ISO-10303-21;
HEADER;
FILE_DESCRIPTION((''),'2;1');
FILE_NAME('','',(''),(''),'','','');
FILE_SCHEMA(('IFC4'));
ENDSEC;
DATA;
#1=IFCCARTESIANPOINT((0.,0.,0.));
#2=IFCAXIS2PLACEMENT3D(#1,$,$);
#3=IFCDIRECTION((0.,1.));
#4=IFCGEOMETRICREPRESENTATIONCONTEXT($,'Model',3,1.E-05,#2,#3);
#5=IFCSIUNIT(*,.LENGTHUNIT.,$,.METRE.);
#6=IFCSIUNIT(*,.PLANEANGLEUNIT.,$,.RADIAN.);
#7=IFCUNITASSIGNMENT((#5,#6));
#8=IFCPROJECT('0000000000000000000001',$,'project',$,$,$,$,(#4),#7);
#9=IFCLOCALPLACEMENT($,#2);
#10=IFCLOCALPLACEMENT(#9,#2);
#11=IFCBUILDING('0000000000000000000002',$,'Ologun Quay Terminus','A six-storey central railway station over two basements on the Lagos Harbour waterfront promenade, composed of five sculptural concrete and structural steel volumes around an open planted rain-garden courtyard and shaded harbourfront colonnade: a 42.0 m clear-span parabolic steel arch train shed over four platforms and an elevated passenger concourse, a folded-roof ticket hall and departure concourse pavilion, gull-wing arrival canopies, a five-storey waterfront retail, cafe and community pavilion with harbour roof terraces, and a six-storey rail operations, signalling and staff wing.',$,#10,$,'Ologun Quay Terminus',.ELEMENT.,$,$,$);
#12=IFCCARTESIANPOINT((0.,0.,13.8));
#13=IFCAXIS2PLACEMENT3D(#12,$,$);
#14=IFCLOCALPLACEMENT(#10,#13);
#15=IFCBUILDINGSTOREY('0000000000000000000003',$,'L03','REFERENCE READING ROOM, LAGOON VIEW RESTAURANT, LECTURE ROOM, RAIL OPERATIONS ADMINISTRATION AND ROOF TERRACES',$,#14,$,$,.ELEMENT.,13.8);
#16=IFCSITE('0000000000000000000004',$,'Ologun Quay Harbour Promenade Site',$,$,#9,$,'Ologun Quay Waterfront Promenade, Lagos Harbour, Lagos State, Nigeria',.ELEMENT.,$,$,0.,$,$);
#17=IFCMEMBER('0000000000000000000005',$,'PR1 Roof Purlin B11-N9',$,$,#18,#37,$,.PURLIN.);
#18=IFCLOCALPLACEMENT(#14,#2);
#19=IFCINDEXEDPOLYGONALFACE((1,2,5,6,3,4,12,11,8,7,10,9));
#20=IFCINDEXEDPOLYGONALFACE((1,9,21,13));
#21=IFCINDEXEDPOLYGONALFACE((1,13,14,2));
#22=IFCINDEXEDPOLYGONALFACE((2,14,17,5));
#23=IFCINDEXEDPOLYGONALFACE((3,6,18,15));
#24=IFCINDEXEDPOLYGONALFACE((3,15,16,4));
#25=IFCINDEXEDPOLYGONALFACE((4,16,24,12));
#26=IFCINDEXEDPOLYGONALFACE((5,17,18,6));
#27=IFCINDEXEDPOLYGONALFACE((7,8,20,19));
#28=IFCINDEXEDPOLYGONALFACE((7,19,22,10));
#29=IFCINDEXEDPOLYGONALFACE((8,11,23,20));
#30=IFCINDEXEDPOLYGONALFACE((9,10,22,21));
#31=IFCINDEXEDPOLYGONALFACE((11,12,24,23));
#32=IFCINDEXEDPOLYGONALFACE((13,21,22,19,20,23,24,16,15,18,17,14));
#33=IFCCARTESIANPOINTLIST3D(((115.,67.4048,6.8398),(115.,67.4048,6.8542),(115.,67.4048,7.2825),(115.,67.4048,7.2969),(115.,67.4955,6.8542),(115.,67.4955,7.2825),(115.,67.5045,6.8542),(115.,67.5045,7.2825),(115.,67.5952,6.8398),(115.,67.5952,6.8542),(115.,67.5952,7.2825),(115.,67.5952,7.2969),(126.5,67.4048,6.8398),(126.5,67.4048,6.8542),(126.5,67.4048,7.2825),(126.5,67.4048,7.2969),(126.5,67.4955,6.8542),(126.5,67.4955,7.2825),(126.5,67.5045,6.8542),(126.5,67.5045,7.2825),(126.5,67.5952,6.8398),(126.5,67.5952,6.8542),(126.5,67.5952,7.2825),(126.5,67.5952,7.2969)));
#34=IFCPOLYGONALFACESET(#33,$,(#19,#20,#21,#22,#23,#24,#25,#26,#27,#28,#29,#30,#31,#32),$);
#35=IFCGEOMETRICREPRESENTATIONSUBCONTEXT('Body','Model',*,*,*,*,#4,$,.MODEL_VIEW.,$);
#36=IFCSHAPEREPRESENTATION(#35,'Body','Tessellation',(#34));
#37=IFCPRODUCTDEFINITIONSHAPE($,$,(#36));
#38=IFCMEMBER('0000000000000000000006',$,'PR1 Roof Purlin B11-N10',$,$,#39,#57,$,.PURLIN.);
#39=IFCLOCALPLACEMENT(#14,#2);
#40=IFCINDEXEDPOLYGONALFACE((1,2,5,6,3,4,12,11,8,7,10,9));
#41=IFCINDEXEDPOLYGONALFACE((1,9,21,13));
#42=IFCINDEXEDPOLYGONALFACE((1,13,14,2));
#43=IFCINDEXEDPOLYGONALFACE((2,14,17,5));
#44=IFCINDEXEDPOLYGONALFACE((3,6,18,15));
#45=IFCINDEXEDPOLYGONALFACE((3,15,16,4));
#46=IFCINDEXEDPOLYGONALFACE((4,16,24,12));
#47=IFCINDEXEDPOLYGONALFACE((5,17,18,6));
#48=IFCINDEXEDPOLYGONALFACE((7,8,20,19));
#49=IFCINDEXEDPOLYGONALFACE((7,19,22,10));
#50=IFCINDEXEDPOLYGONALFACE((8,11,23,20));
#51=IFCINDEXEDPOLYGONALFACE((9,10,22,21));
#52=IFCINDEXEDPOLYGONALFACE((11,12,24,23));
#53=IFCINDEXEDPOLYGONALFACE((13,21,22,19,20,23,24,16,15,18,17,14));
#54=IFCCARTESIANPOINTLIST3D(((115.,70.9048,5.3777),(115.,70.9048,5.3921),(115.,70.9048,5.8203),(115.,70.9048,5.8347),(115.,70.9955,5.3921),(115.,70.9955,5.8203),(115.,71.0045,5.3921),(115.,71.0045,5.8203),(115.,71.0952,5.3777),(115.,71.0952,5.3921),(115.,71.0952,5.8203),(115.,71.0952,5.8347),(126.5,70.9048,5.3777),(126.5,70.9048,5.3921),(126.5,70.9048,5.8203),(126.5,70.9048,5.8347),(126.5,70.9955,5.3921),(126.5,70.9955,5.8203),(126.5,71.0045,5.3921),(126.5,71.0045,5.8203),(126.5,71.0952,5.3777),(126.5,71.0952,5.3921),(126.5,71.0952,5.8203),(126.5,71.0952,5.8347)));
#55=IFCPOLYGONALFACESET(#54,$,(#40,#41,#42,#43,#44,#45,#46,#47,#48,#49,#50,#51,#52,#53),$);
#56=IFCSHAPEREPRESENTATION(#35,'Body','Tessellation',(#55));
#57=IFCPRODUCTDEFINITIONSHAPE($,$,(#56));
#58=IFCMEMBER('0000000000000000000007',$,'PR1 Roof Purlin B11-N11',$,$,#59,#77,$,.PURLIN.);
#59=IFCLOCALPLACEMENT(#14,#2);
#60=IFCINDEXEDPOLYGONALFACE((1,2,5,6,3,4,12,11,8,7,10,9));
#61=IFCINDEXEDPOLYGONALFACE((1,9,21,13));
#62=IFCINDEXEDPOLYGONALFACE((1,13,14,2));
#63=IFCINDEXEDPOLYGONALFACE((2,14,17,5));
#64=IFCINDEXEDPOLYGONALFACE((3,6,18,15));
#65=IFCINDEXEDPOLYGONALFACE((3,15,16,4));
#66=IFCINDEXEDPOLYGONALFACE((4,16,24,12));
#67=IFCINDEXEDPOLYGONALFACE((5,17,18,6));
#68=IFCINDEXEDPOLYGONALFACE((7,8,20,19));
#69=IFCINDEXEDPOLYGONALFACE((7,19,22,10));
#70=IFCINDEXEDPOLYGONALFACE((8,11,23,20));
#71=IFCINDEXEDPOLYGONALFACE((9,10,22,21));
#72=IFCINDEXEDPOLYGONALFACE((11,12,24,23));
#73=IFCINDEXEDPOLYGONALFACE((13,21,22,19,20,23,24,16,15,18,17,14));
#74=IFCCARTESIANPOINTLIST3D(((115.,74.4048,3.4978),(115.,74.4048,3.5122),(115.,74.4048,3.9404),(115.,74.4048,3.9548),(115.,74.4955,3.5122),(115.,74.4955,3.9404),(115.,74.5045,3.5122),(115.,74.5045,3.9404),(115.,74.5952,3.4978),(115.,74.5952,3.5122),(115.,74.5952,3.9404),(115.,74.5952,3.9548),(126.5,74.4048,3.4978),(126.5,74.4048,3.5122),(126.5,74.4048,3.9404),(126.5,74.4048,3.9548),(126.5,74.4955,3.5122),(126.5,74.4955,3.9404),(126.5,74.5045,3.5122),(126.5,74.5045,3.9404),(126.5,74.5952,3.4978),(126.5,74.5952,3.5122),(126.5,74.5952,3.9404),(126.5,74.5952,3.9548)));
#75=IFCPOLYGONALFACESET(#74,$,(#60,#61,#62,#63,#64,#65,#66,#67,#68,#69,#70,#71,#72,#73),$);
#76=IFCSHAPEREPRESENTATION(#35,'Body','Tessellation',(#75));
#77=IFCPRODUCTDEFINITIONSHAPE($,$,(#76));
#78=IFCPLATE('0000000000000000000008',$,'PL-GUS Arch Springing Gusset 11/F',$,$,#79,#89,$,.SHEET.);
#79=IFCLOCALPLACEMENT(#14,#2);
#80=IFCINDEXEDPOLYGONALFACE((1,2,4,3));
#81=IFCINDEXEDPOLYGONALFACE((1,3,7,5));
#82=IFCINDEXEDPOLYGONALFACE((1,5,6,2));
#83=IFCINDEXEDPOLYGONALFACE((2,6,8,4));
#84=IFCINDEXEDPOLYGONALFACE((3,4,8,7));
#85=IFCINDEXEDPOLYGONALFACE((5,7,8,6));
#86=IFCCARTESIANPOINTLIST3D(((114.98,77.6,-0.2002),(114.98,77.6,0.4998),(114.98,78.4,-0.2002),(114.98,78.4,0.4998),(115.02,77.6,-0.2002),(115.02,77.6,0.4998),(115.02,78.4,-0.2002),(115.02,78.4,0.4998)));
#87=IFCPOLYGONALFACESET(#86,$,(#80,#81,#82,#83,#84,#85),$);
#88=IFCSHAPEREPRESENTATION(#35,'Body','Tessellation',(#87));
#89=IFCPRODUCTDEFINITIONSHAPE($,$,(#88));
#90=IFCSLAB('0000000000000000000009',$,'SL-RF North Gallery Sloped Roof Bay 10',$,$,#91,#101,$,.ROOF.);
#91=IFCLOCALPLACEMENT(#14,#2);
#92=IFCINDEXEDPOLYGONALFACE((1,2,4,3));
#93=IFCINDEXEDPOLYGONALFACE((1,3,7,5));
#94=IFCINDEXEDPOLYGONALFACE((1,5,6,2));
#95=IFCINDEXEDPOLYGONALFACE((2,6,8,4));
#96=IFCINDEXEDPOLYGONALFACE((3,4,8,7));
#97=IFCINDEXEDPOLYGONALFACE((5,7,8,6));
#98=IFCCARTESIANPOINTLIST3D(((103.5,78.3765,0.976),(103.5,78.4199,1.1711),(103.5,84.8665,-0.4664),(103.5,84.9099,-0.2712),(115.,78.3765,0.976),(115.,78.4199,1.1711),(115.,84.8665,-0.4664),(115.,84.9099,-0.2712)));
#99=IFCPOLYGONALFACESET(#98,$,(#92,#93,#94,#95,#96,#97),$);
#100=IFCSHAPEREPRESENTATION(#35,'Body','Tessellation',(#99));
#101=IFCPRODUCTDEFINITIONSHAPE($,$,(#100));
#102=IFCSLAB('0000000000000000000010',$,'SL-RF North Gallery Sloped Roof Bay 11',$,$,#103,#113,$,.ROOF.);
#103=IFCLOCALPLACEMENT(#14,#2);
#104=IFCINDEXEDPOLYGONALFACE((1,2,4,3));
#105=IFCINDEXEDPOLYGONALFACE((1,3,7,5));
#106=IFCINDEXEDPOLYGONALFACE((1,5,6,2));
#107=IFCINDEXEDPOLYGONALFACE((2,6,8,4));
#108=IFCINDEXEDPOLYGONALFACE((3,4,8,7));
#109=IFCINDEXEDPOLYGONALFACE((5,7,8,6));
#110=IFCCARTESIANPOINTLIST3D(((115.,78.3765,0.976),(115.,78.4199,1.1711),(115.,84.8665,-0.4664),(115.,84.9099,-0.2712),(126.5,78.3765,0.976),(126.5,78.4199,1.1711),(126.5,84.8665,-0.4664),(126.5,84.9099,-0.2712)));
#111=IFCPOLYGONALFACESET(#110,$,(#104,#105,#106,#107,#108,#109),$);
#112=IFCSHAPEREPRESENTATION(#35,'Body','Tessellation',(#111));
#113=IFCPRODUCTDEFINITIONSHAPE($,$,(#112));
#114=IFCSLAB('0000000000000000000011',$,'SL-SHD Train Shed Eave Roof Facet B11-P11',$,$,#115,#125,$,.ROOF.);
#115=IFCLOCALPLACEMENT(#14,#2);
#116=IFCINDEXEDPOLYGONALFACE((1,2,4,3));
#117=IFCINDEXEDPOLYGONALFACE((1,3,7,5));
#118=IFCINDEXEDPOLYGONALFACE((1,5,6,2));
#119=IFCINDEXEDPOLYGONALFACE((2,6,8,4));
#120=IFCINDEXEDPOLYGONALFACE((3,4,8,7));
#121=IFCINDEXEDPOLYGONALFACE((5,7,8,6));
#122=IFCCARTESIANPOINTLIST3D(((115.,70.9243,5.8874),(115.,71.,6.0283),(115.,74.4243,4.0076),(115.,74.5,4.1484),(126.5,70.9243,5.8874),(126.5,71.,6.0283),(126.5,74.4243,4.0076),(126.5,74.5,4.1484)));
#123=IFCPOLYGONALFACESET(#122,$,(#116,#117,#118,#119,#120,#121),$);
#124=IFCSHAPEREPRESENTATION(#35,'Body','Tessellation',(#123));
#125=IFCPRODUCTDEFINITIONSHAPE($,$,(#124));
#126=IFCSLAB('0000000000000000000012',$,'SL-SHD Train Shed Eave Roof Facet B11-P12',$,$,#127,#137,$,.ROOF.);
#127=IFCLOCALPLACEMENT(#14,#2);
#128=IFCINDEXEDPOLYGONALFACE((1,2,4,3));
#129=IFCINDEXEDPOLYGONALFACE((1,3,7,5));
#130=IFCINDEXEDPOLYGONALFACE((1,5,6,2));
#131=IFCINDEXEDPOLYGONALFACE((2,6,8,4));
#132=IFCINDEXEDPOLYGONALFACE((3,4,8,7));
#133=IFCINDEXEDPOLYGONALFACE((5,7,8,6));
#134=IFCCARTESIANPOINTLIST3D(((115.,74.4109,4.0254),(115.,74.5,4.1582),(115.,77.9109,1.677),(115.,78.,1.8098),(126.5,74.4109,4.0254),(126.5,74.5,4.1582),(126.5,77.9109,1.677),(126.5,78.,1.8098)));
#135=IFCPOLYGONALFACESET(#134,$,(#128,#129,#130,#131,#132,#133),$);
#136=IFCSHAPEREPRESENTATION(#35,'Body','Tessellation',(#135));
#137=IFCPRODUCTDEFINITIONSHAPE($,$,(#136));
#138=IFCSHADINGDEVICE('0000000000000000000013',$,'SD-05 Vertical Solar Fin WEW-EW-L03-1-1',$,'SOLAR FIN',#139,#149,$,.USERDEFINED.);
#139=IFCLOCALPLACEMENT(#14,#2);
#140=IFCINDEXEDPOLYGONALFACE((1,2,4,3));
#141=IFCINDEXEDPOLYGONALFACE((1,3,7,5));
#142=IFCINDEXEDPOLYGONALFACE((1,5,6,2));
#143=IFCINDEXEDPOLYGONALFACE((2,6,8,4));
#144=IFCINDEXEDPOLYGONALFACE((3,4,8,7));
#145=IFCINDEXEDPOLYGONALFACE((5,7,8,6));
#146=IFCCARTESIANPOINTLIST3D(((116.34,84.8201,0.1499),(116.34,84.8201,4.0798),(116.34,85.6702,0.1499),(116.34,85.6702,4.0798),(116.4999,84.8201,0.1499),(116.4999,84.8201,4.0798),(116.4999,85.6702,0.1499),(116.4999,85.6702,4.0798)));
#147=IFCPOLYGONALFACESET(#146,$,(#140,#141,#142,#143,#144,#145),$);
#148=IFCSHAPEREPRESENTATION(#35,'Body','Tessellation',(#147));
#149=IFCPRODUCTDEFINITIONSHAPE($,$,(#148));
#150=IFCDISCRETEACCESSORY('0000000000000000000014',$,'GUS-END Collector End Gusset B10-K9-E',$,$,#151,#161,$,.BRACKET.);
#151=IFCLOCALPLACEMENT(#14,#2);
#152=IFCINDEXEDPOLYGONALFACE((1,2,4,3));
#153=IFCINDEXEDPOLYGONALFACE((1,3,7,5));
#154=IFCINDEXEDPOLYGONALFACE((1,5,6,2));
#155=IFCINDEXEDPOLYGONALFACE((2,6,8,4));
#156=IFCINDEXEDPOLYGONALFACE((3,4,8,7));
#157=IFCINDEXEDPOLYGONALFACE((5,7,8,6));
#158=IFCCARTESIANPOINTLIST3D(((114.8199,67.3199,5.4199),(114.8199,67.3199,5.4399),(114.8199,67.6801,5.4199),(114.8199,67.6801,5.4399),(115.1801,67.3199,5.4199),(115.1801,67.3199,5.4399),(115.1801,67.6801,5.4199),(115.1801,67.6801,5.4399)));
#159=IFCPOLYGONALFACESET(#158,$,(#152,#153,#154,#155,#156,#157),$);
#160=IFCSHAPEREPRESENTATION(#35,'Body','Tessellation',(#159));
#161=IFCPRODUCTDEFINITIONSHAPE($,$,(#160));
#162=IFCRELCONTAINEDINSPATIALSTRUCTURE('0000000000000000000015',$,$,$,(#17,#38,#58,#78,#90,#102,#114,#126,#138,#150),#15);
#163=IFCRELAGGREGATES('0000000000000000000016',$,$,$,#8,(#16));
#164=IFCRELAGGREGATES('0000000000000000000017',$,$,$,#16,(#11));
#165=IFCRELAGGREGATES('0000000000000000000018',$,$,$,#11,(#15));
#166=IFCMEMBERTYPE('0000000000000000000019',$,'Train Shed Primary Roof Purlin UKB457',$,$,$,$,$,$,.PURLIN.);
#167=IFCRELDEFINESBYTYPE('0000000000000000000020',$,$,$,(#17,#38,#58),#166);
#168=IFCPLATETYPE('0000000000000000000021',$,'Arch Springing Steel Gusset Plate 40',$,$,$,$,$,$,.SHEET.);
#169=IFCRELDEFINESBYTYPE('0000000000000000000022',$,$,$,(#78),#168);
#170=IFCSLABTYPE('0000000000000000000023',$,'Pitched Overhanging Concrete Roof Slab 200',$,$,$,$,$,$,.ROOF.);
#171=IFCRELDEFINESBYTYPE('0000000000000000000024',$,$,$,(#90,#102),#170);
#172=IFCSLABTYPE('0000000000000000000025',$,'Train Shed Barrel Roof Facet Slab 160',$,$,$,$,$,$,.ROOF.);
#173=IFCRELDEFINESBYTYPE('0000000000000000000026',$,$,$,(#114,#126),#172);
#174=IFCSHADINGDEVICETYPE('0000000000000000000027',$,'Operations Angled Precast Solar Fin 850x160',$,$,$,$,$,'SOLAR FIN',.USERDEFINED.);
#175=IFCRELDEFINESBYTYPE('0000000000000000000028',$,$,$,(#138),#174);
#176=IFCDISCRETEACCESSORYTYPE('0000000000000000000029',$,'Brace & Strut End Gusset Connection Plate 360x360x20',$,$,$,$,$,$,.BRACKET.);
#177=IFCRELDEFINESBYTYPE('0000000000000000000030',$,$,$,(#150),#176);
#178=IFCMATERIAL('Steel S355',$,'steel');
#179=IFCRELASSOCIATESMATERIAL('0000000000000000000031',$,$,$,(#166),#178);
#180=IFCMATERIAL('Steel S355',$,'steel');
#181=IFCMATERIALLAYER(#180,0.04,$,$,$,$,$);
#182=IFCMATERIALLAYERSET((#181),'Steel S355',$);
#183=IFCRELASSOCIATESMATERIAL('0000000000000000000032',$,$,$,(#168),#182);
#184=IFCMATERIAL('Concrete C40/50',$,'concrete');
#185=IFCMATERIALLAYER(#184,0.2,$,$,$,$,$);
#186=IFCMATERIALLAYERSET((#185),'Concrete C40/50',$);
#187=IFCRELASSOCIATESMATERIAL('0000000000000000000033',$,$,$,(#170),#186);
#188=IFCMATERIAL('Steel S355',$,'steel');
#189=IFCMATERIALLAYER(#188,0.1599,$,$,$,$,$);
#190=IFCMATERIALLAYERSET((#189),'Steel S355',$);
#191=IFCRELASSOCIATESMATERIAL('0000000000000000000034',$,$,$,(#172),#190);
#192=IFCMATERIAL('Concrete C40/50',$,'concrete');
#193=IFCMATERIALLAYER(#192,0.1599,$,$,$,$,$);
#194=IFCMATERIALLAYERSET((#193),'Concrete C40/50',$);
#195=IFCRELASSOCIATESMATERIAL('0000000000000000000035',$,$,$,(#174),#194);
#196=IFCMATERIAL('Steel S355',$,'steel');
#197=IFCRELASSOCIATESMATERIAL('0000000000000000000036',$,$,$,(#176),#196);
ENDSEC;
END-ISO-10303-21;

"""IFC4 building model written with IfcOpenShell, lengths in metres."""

from ifc_helpers import new_model, si_unit, direction, frame, origin, origin_2d, place, context, subcontext, project, spatial, polyline, rectangle, i_section, outline, extrude, material, layer, layer_set, material_profile, profile_set, type_object, element, save


model = new_model("IFC4")

# Units and contexts
model_context = context("Model", 3, precision=1e-05, world=origin(), true_north=direction((0.0, 1.0)))
body_context = subcontext(model_context, "Body", "Model", "MODEL_VIEW")
ifc_project = project(units=[si_unit("LENGTHUNIT", "METRE"), si_unit("PLANEANGLEUNIT", "RADIAN")], contexts=[model_context])

# Site, building, storey
site_placement = place(None, origin())
site = spatial("IfcSite", under=ifc_project, at=site_placement, Name="Ologun Quay Harbour Promenade Site", LongName="Ologun Quay Waterfront Promenade, Lagos Harbour, Lagos State, Nigeria", CompositionType="ELEMENT", RefElevation=0.0)
building_placement = place(site_placement, origin())
building = spatial("IfcBuilding", under=site, at=building_placement, Name="Ologun Quay Terminus", Description="A six-storey central railway station over two basements on the Lagos Harbour waterfront promenade, composed of five sculptural concrete and structural steel volumes around an open planted rain-garden courtyard and shaded harbourfront colonnade: a 42.0 m clear-span parabolic steel arch train shed over four platforms and an elevated passenger concourse, a folded-roof ticket hall and departure concourse pavilion, gull-wing arrival canopies, a five-storey waterfront retail, cafe and community pavilion with harbour roof terraces, and a six-storey rail operations, signalling and staff wing.", LongName="Ologun Quay Terminus", CompositionType="ELEMENT")
storey_placement = place(building_placement, frame((0.0, 0.0, 13.8)))
storey = spatial("IfcBuildingStorey", under=building, at=storey_placement, Name="L03", Description="REFERENCE READING ROOM, LAGOON VIEW RESTAURANT, LECTURE ROOM, RAIL OPERATIONS ADMINISTRATION AND ROOF TERRACES", CompositionType="ELEMENT", Elevation=13.8)

# Members
ifc_material_1 = material(Name="Steel S355", Category="steel")
ifc_material_profile_1 = material_profile(ifc_material_1, i_section(OverallWidth=0.1904, OverallDepth=0.457, WebThickness=0.009, FlangeThickness=0.0144, at=origin_2d()), Name="UKB 457x191x74")
ifc_profile_set_1 = profile_set([ifc_material_profile_1], Name="Steel S355")
member_type_1 = type_object("IfcMemberType", Name="Train Shed Primary Roof Purlin UKB457", PredefinedType="PURLIN", material=ifc_profile_set_1)
for number, where, z_axis, x_axis, name in (
    (1, (115.0, 67.5, 7.0684), (1.0, 0.0, 0.0), (0.0, 1.0, 0.0), "PR1 Roof Purlin B11-N9"),
    (2, (115.0, 71.0, 5.6062), (1.0, 0.0, 0.0), (0.0, 1.0, 0.0), "PR1 Roof Purlin B11-N10"),
    (3, (115.0, 74.5, 3.7263), (1.0, 0.0, 0.0), (0.0, 1.0, 0.0), "PR1 Roof Purlin B11-N11"),
):
    element("IfcMember", number, at=place(storey_placement, frame(where, z_axis=z_axis, x_axis=x_axis)), inside=storey, type_object=member_type_1, Name=name, PredefinedType="PURLIN", context=body_context, shape_type="SweptSolid", body=[
        extrude(i_section(OverallWidth=0.1904, OverallDepth=0.457, WebThickness=0.009, FlangeThickness=0.0144, at=origin_2d()), origin(), (0.0, 0.0, 1.0), 11.5),
    ])

# Plate
ifc_material_2 = material(Name="Steel S355", Category="steel")
ifc_layer_1 = layer(ifc_material_2, 0.04)
ifc_layer_set_1 = layer_set([ifc_layer_1], Name="Steel S355")
plate_type = type_object("IfcPlateType", Name="Arch Springing Steel Gusset Plate 40", PredefinedType="SHEET", material=ifc_layer_set_1)
plate_placement = place(storey_placement, frame((115.0, 78.0, -0.2002), z_axis=(0.0, 0.0, 1.0), x_axis=(0.0, 1.0, 0.0)))
element("IfcPlate", 4, at=plate_placement, inside=storey, type_object=plate_type, Name="PL-GUS Arch Springing Gusset 11/F", PredefinedType="SHEET", context=body_context, shape_type="SweptSolid", body=[
    extrude(rectangle(XDim=0.8, YDim=0.04, at=origin_2d()), origin(), (0.0, 0.0, 1.0), 0.7),
])

# Slabs
ifc_material_3 = material(Name="Concrete C40/50", Category="concrete")
ifc_layer_2 = layer(ifc_material_3, 0.2)
ifc_layer_set_2 = layer_set([ifc_layer_2], Name="Concrete C40/50")
slab_type_1 = type_object("IfcSlabType", Name="Pitched Overhanging Concrete Roof Slab 200", PredefinedType="ROOF", material=ifc_layer_set_2)
for number, where, z_axis, x_axis, name in (
    (5, (103.5, 84.9099, -0.2712), (0.0, 0.216954, 0.976182), (1.0, 0.0, 0.0), "SL-RF North Gallery Sloped Roof Bay 10"),
    (6, (115.0, 84.9099, -0.2712), (0.0, 0.216954, 0.976182), (1.0, 0.0, 0.0), "SL-RF North Gallery Sloped Roof Bay 11"),
):
    element("IfcSlab", number, at=place(storey_placement, frame(where, z_axis=z_axis, x_axis=x_axis)), inside=storey, type_object=slab_type_1, Name=name, PredefinedType="ROOF", context=body_context, shape_type="SweptSolid", body=[
        extrude(outline(polyline([(0.0, 0.0), (11.5, 0.0), (11.5, -6.6483), (0.0, -6.6483), (0.0, 0.0)])), origin(), (0.0, 0.0, -1.0), 0.2),
    ])
ifc_material_4 = material(Name="Steel S355", Category="steel")
ifc_layer_3 = layer(ifc_material_4, 0.1599)
ifc_layer_set_3 = layer_set([ifc_layer_3], Name="Steel S355")
slab_type_2 = type_object("IfcSlabType", Name="Train Shed Barrel Roof Facet Slab 160", PredefinedType="ROOF", material=ifc_layer_set_3)
slab_1_placement = place(storey_placement, frame((115.0, 71.0, 6.0283), z_axis=(0.0, 0.473176, 0.880968), x_axis=(1.0, 0.0, 0.0)))
element("IfcSlab", 7, at=slab_1_placement, inside=storey, type_object=slab_type_2, Name="SL-SHD Train Shed Eave Roof Facet B11-P11", PredefinedType="ROOF", context=body_context, shape_type="SweptSolid", body=[
    extrude(outline(polyline([(0.0, 0.0), (11.5, 0.0), (11.5, 3.9729), (0.0, 3.9729), (0.0, 0.0)])), origin(), (0.0, 0.0, -1.0), 0.1599),
])
slab_2_placement = place(storey_placement, frame((115.0, 74.5, 4.1582), z_axis=(0.0, 0.557171, 0.830398), x_axis=(1.0, 0.0, 0.0)))
element("IfcSlab", 8, at=slab_2_placement, inside=storey, type_object=slab_type_2, Name="SL-SHD Train Shed Eave Roof Facet B11-P12", PredefinedType="ROOF", context=body_context, shape_type="SweptSolid", body=[
    extrude(outline(polyline([(0.0, 0.0), (11.5, 0.0), (11.5, 4.2148), (0.0, 4.2148), (0.0, 0.0)])), origin(), (0.0, 0.0, -1.0), 0.1599),
])

# Shading device
ifc_material_5 = material(Name="Concrete C40/50", Category="concrete")
ifc_layer_4 = layer(ifc_material_5, 0.1599)
ifc_layer_set_4 = layer_set([ifc_layer_4], Name="Concrete C40/50")
shading_device_type = type_object("IfcShadingDeviceType", Name="Operations Angled Precast Solar Fin 850x160", ElementType="SOLAR FIN", PredefinedType="USERDEFINED", material=ifc_layer_set_4)
shading_device_placement = place(storey_placement, frame((116.4199, 85.2451, 0.1499), z_axis=(0.0, 0.0, 1.0), x_axis=(1.0, 0.0, 0.0)))
element("IfcShadingDevice", 9, at=shading_device_placement, inside=storey, type_object=shading_device_type, Name="SD-05 Vertical Solar Fin WEW-EW-L03-1-1", ObjectType="SOLAR FIN", PredefinedType="USERDEFINED", context=body_context, shape_type="SweptSolid", body=[
    extrude(rectangle(XDim=0.1599, YDim=0.8501, at=origin_2d()), origin(), (0.0, 0.0, 1.0), 3.9299),
])

# Discrete accessory
ifc_material_6 = material(Name="Steel S355", Category="steel")
discrete_accessory_type = type_object("IfcDiscreteAccessoryType", Name="Brace & Strut End Gusset Connection Plate 360x360x20", PredefinedType="BRACKET", material=ifc_material_6)
discrete_accessory_placement = place(storey_placement, frame((115.0, 67.5, 5.4199), z_axis=(0.0, 0.0, 1.0), x_axis=(1.0, 0.0, 0.0)))
element("IfcDiscreteAccessory", 10, at=discrete_accessory_placement, inside=storey, type_object=discrete_accessory_type, Name="GUS-END Collector End Gusset B10-K9-E", PredefinedType="BRACKET", context=body_context, shape_type="SweptSolid", body=[
    extrude(rectangle(XDim=0.3601, YDim=0.3601, at=origin_2d()), origin(), (0.0, 0.0, 1.0), 0.02),
])

save(model, "model.ifc")
